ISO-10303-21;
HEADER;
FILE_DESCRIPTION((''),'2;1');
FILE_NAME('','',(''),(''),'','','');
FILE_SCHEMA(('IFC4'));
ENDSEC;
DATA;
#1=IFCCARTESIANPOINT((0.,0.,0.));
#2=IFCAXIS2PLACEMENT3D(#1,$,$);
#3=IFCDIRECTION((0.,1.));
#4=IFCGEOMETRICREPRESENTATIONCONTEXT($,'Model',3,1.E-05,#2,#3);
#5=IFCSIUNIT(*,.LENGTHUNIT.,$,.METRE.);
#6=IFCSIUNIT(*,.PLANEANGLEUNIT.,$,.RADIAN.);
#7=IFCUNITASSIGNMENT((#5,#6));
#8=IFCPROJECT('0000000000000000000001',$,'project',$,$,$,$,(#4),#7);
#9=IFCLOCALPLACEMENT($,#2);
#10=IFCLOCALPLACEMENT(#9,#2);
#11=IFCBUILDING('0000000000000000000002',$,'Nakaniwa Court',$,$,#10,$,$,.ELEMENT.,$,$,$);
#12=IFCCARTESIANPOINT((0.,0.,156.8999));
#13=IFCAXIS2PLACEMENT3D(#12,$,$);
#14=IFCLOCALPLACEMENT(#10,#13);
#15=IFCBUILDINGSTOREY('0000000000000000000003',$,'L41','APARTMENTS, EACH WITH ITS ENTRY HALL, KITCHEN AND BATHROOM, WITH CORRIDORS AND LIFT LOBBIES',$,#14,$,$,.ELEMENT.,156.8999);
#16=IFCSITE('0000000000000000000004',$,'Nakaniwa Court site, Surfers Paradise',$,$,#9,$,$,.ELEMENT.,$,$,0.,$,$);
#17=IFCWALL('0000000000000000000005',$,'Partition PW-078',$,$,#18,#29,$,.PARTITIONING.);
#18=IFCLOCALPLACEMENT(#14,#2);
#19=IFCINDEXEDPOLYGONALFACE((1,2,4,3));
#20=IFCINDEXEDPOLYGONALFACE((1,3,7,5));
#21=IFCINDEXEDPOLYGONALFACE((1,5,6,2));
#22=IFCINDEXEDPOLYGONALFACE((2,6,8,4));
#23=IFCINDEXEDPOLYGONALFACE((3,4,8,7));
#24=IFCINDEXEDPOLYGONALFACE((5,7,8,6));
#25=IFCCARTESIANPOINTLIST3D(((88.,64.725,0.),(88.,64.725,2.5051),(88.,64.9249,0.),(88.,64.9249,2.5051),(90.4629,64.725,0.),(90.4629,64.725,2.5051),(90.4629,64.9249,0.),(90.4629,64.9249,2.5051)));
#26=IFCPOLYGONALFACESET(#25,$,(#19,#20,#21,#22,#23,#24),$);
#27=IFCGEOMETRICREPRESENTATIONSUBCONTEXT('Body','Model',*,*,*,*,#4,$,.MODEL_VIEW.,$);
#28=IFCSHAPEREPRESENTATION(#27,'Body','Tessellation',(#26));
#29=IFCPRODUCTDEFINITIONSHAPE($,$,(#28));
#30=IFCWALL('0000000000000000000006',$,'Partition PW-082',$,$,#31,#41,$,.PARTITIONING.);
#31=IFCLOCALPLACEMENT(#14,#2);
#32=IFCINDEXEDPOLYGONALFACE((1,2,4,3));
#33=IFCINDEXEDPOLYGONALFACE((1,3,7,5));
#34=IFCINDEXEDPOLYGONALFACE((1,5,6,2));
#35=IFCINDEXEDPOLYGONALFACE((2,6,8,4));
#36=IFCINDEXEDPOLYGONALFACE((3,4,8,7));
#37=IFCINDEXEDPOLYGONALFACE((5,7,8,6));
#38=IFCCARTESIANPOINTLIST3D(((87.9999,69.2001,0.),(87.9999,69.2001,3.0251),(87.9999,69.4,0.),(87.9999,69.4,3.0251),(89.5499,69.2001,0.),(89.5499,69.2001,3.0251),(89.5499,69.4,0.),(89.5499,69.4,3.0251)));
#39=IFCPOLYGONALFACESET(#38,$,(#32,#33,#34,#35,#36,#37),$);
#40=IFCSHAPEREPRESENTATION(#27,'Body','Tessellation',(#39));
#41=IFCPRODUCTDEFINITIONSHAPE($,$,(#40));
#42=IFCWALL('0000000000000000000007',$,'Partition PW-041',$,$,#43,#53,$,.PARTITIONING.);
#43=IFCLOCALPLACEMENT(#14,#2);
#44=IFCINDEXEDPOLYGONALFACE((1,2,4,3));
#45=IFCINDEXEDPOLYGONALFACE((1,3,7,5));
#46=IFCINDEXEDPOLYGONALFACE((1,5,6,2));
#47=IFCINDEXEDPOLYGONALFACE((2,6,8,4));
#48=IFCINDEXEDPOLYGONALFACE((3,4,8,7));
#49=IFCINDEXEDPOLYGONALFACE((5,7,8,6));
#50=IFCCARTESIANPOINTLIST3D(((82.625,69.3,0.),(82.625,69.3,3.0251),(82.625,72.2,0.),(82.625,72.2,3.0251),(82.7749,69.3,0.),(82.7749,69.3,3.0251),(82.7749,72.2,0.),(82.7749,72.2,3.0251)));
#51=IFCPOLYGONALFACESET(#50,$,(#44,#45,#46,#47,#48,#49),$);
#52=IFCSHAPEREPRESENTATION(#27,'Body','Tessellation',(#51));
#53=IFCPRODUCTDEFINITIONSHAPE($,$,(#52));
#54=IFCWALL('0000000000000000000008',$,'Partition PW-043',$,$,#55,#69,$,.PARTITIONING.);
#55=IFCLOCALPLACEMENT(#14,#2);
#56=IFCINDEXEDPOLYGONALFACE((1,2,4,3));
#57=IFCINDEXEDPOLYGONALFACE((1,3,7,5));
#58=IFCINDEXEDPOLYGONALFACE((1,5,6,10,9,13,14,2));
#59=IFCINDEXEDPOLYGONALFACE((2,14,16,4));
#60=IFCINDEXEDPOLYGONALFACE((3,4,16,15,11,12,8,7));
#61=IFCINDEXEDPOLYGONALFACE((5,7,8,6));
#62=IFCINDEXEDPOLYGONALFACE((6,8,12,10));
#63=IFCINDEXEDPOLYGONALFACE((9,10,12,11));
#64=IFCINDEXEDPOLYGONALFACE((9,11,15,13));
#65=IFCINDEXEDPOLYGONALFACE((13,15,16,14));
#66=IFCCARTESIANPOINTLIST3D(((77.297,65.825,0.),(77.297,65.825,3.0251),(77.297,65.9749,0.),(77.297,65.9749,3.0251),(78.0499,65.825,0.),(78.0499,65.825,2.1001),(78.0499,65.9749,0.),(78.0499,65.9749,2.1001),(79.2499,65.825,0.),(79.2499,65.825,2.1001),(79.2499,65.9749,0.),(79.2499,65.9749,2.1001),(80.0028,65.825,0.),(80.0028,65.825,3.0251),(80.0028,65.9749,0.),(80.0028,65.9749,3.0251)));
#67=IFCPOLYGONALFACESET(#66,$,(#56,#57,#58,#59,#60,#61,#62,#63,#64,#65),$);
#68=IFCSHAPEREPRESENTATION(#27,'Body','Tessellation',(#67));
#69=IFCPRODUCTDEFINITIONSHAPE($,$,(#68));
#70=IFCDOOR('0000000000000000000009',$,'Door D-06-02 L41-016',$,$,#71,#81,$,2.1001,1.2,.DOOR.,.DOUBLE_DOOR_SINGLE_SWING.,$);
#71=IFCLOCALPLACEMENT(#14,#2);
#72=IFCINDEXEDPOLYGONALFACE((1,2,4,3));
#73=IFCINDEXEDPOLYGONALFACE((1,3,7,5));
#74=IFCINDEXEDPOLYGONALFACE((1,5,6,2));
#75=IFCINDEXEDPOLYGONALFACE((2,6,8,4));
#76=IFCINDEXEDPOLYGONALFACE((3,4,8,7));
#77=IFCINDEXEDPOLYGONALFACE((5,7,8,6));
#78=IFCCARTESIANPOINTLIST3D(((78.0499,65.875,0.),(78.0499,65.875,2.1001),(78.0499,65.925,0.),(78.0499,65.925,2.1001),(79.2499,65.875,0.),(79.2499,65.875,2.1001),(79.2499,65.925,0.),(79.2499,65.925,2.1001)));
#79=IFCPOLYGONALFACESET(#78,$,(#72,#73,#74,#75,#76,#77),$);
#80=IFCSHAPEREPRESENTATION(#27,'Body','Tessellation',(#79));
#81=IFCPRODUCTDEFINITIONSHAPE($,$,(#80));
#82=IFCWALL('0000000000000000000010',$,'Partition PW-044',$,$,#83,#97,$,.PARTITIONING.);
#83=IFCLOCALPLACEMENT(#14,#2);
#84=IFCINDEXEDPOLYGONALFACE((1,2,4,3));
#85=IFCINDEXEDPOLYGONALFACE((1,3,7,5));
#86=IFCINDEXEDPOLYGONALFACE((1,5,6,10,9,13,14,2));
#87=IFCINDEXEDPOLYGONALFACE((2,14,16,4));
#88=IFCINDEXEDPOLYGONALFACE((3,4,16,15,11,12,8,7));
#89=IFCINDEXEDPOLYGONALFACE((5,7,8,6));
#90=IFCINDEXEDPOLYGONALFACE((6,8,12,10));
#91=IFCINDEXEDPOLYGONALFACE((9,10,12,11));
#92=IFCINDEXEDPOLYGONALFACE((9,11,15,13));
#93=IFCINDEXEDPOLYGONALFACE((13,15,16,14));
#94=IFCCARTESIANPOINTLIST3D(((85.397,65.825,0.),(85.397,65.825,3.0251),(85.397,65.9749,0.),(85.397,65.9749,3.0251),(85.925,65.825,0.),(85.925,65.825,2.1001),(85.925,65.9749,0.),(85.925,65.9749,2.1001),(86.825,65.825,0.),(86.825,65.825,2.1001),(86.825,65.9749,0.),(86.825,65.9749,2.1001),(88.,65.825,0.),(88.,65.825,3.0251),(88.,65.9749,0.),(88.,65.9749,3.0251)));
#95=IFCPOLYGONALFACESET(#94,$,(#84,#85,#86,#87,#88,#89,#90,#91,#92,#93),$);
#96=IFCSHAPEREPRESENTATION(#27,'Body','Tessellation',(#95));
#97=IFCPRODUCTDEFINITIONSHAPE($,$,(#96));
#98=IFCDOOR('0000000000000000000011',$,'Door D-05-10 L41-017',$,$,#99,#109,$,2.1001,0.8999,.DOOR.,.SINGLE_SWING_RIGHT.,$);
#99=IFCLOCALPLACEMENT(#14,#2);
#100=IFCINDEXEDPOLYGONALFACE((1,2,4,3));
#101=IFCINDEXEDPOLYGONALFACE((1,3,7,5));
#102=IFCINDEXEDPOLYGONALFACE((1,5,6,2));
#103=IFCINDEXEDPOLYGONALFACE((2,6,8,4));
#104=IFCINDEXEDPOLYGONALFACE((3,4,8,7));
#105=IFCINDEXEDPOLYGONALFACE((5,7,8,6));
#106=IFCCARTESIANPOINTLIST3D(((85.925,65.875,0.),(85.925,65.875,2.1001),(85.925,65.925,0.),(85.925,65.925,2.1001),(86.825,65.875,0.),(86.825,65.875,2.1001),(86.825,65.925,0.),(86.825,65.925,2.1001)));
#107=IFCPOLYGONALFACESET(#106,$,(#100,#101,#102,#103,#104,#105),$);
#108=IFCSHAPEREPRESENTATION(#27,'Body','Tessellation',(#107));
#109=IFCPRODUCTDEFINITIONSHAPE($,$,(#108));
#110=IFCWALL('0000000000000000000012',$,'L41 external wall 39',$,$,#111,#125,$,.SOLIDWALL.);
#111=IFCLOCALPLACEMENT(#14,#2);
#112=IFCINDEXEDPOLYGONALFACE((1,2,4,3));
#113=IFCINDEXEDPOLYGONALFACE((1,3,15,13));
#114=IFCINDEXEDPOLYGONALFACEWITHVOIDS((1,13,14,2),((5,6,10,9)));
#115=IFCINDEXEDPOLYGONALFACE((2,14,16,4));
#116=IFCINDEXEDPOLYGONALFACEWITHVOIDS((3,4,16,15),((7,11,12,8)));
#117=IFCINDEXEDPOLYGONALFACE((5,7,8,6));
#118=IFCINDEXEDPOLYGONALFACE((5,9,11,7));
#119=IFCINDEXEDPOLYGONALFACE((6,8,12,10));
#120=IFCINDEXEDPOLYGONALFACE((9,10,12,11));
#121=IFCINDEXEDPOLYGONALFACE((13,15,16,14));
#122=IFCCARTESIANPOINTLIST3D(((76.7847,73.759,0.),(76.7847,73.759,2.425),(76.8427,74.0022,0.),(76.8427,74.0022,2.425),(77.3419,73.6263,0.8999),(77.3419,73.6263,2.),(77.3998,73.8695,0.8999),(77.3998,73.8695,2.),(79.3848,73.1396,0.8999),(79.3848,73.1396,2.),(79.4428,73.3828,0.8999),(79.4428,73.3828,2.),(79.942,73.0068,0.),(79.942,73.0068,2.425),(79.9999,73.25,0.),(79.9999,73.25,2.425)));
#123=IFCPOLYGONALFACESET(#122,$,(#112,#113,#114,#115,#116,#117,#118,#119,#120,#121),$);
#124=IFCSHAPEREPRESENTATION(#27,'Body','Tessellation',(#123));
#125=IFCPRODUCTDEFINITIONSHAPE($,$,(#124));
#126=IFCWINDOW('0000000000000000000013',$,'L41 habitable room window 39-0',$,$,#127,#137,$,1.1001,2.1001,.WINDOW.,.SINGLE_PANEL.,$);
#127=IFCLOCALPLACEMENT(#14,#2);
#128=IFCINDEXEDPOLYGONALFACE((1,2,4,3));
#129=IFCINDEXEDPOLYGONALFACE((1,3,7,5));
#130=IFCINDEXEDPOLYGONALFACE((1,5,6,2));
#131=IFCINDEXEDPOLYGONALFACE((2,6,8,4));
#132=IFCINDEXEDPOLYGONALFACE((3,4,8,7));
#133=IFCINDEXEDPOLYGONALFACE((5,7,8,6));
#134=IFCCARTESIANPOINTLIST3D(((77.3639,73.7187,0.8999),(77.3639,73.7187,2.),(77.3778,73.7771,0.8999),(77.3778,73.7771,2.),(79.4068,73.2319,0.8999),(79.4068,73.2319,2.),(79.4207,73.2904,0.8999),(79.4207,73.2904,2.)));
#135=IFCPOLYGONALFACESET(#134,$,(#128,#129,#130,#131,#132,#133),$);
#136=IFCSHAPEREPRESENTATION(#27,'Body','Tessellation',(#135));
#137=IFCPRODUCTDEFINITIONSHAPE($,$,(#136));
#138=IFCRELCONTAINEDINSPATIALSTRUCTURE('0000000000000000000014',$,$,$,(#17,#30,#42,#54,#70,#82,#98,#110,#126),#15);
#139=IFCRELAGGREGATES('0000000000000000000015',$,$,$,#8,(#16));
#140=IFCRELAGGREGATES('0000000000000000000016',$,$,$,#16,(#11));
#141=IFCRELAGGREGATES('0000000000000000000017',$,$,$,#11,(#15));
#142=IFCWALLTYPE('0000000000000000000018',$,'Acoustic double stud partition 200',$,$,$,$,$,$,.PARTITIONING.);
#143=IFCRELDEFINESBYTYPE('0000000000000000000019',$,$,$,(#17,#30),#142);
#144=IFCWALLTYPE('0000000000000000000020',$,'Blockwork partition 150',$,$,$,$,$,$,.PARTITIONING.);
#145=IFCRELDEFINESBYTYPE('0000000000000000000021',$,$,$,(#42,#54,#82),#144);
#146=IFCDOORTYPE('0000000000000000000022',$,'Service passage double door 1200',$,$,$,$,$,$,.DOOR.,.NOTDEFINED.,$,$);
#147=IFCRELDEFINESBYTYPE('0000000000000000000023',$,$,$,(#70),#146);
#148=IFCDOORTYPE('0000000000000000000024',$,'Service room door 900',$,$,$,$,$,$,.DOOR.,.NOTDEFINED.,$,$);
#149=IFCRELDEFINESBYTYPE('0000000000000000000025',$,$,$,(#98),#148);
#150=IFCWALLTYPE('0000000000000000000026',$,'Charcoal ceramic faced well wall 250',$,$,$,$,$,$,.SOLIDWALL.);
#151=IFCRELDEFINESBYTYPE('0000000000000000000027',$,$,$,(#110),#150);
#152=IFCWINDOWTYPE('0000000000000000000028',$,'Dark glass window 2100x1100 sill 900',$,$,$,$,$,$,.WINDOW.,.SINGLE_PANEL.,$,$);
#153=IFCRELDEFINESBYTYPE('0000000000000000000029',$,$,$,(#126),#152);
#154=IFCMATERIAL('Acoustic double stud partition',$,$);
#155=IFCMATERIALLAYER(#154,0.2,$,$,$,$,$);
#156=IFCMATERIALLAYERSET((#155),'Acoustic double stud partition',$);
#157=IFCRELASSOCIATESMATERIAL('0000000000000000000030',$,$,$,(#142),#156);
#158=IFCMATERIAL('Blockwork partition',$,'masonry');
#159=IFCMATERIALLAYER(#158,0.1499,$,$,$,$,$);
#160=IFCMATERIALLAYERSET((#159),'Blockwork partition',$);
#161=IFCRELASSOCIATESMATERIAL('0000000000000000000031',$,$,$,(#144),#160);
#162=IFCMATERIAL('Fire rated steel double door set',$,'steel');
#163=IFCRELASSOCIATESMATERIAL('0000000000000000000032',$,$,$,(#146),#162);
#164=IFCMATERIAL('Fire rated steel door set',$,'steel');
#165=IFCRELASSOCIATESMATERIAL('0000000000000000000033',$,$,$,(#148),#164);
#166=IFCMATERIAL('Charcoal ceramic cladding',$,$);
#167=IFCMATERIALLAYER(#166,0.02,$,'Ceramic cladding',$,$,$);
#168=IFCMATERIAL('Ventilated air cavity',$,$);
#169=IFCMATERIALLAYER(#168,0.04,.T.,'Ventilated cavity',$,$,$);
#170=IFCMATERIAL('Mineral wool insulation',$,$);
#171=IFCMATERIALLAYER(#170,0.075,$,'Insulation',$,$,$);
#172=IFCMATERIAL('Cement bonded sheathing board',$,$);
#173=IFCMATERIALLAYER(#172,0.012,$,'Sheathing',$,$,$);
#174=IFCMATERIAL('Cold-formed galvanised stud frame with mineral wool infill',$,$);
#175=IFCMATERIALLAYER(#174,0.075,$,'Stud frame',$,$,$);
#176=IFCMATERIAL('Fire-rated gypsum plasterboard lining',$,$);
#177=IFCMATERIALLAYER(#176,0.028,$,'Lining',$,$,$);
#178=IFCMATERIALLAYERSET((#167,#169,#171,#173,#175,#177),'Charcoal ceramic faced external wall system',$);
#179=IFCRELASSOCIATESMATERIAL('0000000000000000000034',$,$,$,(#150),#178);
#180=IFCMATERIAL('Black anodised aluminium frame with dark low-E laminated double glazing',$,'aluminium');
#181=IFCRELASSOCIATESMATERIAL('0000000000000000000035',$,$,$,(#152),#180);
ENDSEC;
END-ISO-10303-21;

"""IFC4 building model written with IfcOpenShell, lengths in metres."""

from ifc_helpers import new_model, si_unit, direction, frame, frame_2d, origin, place, context, subcontext, project, spatial, rectangle, extrude, material, layer, layer_set, type_object, element, fill, save


model = new_model("IFC4")

# Units and contexts
model_context = context("Model", 3, precision=1e-05, world=origin(), true_north=direction((0.0, 1.0)))
body_context = subcontext(model_context, "Body", "Model", "MODEL_VIEW")
ifc_project = project(units=[si_unit("LENGTHUNIT", "METRE"), si_unit("PLANEANGLEUNIT", "RADIAN")], contexts=[model_context])

# Site, building, storey
site_placement = place(None, origin())
site = spatial("IfcSite", under=ifc_project, at=site_placement, Name="Nakaniwa Court site, Surfers Paradise", CompositionType="ELEMENT", RefElevation=0.0)
building_placement = place(site_placement, origin())
building = spatial("IfcBuilding", under=site, at=building_placement, Name="Nakaniwa Court", CompositionType="ELEMENT")
storey_placement = place(building_placement, frame((0.0, 0.0, 156.8999)))
storey = spatial("IfcBuildingStorey", under=building, at=storey_placement, Name="L41", Description="APARTMENTS, EACH WITH ITS ENTRY HALL, KITCHEN AND BATHROOM, WITH CORRIDORS AND LIFT LOBBIES", CompositionType="ELEMENT", Elevation=156.8999)

# Walls
ifc_material_1 = material(Name="Acoustic double stud partition")
ifc_layer_1 = layer(ifc_material_1, 0.2)
ifc_layer_set_1 = layer_set([ifc_layer_1], Name="Acoustic double stud partition")
wall_type_1 = type_object("IfcWallType", Name="Acoustic double stud partition 200", PredefinedType="PARTITIONING", material=ifc_layer_set_1)
wall_1_placement = place(storey_placement, frame((88.0, 64.825, 0.0), z_axis=(0.0, 0.0, 1.0), x_axis=(1.0, 0.0, 0.0)))
element("IfcWall", 1, at=wall_1_placement, inside=storey, type_object=wall_type_1, Name="Partition PW-078", PredefinedType="PARTITIONING", context=body_context, shape_type="SweptSolid", body=[
    extrude(rectangle(XDim=2.4629, YDim=0.2, at=frame_2d((1.2314, 0.0))), origin(), (0.0, 0.0, 1.0), 2.5051),
])
wall_2_placement = place(storey_placement, frame((88.0, 69.3, 0.0), z_axis=(0.0, 0.0, 1.0), x_axis=(1.0, 0.0, 0.0)))
element("IfcWall", 2, at=wall_2_placement, inside=storey, type_object=wall_type_1, Name="Partition PW-082", PredefinedType="PARTITIONING", context=body_context, shape_type="SweptSolid", body=[
    extrude(rectangle(XDim=1.55, YDim=0.2, at=frame_2d((0.7749, 0.0))), origin(), (0.0, 0.0, 1.0), 3.0251),
])
ifc_material_2 = material(Name="Blockwork partition", Category="masonry")
ifc_layer_2 = layer(ifc_material_2, 0.1499)
ifc_layer_set_2 = layer_set([ifc_layer_2], Name="Blockwork partition")
wall_type_2 = type_object("IfcWallType", Name="Blockwork partition 150", PredefinedType="PARTITIONING", material=ifc_layer_set_2)
wall_3_placement = place(storey_placement, frame((82.7, 69.3, 0.0), z_axis=(0.0, 0.0, 1.0), x_axis=(0.0, 1.0, 0.0)))
element("IfcWall", 3, at=wall_3_placement, inside=storey, type_object=wall_type_2, Name="Partition PW-041", PredefinedType="PARTITIONING", context=body_context, shape_type="SweptSolid", body=[
    extrude(rectangle(XDim=2.8999, YDim=0.1499, at=frame_2d((1.45, 0.0))), origin(), (0.0, 0.0, 1.0), 3.0251),
])

# Walls, openings, doors
wall_4_placement = place(storey_placement, frame((80.0029, 65.8999, 0.0), z_axis=(0.0, 0.0, 1.0), x_axis=(-1.0, 0.0, 0.0)))
wall_4 = element("IfcWall", 4, at=wall_4_placement, inside=storey, type_object=wall_type_2, Name="Partition PW-043", PredefinedType="PARTITIONING", context=body_context, shape_type="SweptSolid", body=[
    extrude(rectangle(XDim=2.7058, YDim=0.1499, at=frame_2d((1.353, 0.0))), origin(), (0.0, 0.0, 1.0), 3.0251),
])
opening_1_placement = place(wall_4_placement, frame((0.7529, 0.0, 0.0)))
opening_1 = element("IfcOpeningElement", 5, at=opening_1_placement, cuts=wall_4, PredefinedType="OPENING", context=body_context, shape_type="SweptSolid", body=[
    extrude(rectangle(XDim=1.2, YDim=2.1001, at=frame_2d((0.6001, 1.05))), frame((0.0, 0.085, 0.0), z_axis=(0.0, -1.0, 0.0), x_axis=(1.0, 0.0, 0.0)), (0.0, 0.0, 1.0), 0.1699),
])
ifc_material_3 = material(Name="Fire rated steel double door set", Category="steel")
door_type_1 = type_object("IfcDoorType", Name="Service passage double door 1200", OperationType="NOTDEFINED", PredefinedType="DOOR", material=ifc_material_3)
door_1_placement = place(opening_1_placement, origin())
door_1 = element("IfcDoor", 6, at=door_1_placement, inside=storey, type_object=door_type_1, Name="Door D-06-02 L41-016", OperationType="DOUBLE_DOOR_SINGLE_SWING", OverallHeight=2.1001, OverallWidth=1.2, PredefinedType="DOOR", context=body_context, shape_type="SweptSolid", body=[
    extrude(rectangle(XDim=1.2, YDim=2.1001, at=frame_2d((0.6001, 1.05))), frame((0.0, 0.0249, 0.0), z_axis=(0.0, -1.0, 0.0), x_axis=(1.0, 0.0, 0.0)), (0.0, 0.0, 1.0), 0.05),
])
fill(opening_1, door_1)
wall_5_placement = place(storey_placement, frame((88.0, 65.8999, 0.0), z_axis=(0.0, 0.0, 1.0), x_axis=(-1.0, 0.0, 0.0)))
wall_5 = element("IfcWall", 7, at=wall_5_placement, inside=storey, type_object=wall_type_2, Name="Partition PW-044", PredefinedType="PARTITIONING", context=body_context, shape_type="SweptSolid", body=[
    extrude(rectangle(XDim=2.603, YDim=0.1499, at=frame_2d((1.3015, 0.0))), origin(), (0.0, 0.0, 1.0), 3.0251),
])
opening_2_placement = place(wall_5_placement, frame((1.175, 0.0, 0.0)))
opening_2 = element("IfcOpeningElement", 8, at=opening_2_placement, cuts=wall_5, PredefinedType="OPENING", context=body_context, shape_type="SweptSolid", body=[
    extrude(rectangle(XDim=0.8999, YDim=2.1001, at=frame_2d((0.45, 1.05))), frame((0.0, 0.085, 0.0), z_axis=(0.0, -1.0, 0.0), x_axis=(1.0, 0.0, 0.0)), (0.0, 0.0, 1.0), 0.1699),
])
ifc_material_4 = material(Name="Fire rated steel door set", Category="steel")
door_type_2 = type_object("IfcDoorType", Name="Service room door 900", OperationType="NOTDEFINED", PredefinedType="DOOR", material=ifc_material_4)
door_2_placement = place(opening_2_placement, origin())
door_2 = element("IfcDoor", 9, at=door_2_placement, inside=storey, type_object=door_type_2, Name="Door D-05-10 L41-017", OperationType="SINGLE_SWING_RIGHT", OverallHeight=2.1001, OverallWidth=0.8999, PredefinedType="DOOR", context=body_context, shape_type="SweptSolid", body=[
    extrude(rectangle(XDim=0.8999, YDim=2.1001, at=frame_2d((0.45, 1.05))), frame((0.0, 0.0249, 0.0), z_axis=(0.0, -1.0, 0.0), x_axis=(1.0, 0.0, 0.0)), (0.0, 0.0, 1.0), 0.05),
])
fill(opening_2, door_2)

# Wall, opening, window
ifc_material_5 = material(Name="Charcoal ceramic cladding")
ifc_layer_3 = layer(ifc_material_5, 0.02, Name="Ceramic cladding")
ifc_material_6 = material(Name="Ventilated air cavity")
ifc_layer_4 = layer(ifc_material_6, 0.04, ventilated=True, Name="Ventilated cavity")
ifc_material_7 = material(Name="Mineral wool insulation")
ifc_layer_5 = layer(ifc_material_7, 0.075, Name="Insulation")
ifc_material_8 = material(Name="Cement bonded sheathing board")
ifc_layer_6 = layer(ifc_material_8, 0.012, Name="Sheathing")
ifc_material_9 = material(Name="Cold-formed galvanised stud frame with mineral wool infill")
ifc_layer_7 = layer(ifc_material_9, 0.075, Name="Stud frame")
ifc_material_10 = material(Name="Fire-rated gypsum plasterboard lining")
ifc_layer_8 = layer(ifc_material_10, 0.028, Name="Lining")
ifc_layer_set_3 = layer_set([ifc_layer_3, ifc_layer_4, ifc_layer_5, ifc_layer_6, ifc_layer_7, ifc_layer_8], Name="Charcoal ceramic faced external wall system")
wall_type_3 = type_object("IfcWallType", Name="Charcoal ceramic faced well wall 250", PredefinedType="SOLIDWALL", material=ifc_layer_set_3)
wall_6_placement = place(storey_placement, frame((79.9709, 73.1284, 0.0), z_axis=(0.0, 0.0, 1.0), x_axis=(-0.972773, 0.23176, 0.0)))
wall_6 = element("IfcWall", 10, at=wall_6_placement, inside=storey, type_object=wall_type_3, Name="L41 external wall 39", PredefinedType="SOLIDWALL", context=body_context, shape_type="SweptSolid", body=[
    extrude(rectangle(XDim=3.2456, YDim=0.25, at=frame_2d((1.6228, 0.0))), origin(), (0.0, 0.0, 1.0), 2.425),
])
opening_3_placement = place(wall_6_placement, frame((0.5728, 0.0, 0.8999)))
opening_3 = element("IfcOpeningElement", 11, at=opening_3_placement, cuts=wall_6, PredefinedType="OPENING", context=body_context, shape_type="SweptSolid", body=[
    extrude(rectangle(XDim=2.1001, YDim=1.1001, at=frame_2d((1.05, 0.55))), frame((0.0, 0.135, 0.0), z_axis=(0.0, -1.0, 0.0), x_axis=(1.0, 0.0, 0.0)), (0.0, 0.0, 1.0), 0.27),
])
ifc_material_11 = material(Name="Black anodised aluminium frame with dark low-E laminated double glazing", Category="aluminium")
window_type = type_object("IfcWindowType", Name="Dark glass window 2100x1100 sill 900", PartitioningType="SINGLE_PANEL", PredefinedType="WINDOW", material=ifc_material_11)
window_placement = place(opening_3_placement, origin())
window = element("IfcWindow", 12, at=window_placement, inside=storey, type_object=window_type, Name="L41 habitable room window 39-0", OverallHeight=1.1001, OverallWidth=2.1001, PartitioningType="SINGLE_PANEL", PredefinedType="WINDOW", context=body_context, shape_type="SweptSolid", body=[
    extrude(rectangle(XDim=2.1001, YDim=1.1001, at=frame_2d((1.05, 0.55))), frame((0.0, 0.03, 0.0), z_axis=(0.0, -1.0, 0.0), x_axis=(1.0, 0.0, 0.0)), (0.0, 0.0, 1.0), 0.0601),
])
fill(opening_3, window)

save(model, "model.ifc")
